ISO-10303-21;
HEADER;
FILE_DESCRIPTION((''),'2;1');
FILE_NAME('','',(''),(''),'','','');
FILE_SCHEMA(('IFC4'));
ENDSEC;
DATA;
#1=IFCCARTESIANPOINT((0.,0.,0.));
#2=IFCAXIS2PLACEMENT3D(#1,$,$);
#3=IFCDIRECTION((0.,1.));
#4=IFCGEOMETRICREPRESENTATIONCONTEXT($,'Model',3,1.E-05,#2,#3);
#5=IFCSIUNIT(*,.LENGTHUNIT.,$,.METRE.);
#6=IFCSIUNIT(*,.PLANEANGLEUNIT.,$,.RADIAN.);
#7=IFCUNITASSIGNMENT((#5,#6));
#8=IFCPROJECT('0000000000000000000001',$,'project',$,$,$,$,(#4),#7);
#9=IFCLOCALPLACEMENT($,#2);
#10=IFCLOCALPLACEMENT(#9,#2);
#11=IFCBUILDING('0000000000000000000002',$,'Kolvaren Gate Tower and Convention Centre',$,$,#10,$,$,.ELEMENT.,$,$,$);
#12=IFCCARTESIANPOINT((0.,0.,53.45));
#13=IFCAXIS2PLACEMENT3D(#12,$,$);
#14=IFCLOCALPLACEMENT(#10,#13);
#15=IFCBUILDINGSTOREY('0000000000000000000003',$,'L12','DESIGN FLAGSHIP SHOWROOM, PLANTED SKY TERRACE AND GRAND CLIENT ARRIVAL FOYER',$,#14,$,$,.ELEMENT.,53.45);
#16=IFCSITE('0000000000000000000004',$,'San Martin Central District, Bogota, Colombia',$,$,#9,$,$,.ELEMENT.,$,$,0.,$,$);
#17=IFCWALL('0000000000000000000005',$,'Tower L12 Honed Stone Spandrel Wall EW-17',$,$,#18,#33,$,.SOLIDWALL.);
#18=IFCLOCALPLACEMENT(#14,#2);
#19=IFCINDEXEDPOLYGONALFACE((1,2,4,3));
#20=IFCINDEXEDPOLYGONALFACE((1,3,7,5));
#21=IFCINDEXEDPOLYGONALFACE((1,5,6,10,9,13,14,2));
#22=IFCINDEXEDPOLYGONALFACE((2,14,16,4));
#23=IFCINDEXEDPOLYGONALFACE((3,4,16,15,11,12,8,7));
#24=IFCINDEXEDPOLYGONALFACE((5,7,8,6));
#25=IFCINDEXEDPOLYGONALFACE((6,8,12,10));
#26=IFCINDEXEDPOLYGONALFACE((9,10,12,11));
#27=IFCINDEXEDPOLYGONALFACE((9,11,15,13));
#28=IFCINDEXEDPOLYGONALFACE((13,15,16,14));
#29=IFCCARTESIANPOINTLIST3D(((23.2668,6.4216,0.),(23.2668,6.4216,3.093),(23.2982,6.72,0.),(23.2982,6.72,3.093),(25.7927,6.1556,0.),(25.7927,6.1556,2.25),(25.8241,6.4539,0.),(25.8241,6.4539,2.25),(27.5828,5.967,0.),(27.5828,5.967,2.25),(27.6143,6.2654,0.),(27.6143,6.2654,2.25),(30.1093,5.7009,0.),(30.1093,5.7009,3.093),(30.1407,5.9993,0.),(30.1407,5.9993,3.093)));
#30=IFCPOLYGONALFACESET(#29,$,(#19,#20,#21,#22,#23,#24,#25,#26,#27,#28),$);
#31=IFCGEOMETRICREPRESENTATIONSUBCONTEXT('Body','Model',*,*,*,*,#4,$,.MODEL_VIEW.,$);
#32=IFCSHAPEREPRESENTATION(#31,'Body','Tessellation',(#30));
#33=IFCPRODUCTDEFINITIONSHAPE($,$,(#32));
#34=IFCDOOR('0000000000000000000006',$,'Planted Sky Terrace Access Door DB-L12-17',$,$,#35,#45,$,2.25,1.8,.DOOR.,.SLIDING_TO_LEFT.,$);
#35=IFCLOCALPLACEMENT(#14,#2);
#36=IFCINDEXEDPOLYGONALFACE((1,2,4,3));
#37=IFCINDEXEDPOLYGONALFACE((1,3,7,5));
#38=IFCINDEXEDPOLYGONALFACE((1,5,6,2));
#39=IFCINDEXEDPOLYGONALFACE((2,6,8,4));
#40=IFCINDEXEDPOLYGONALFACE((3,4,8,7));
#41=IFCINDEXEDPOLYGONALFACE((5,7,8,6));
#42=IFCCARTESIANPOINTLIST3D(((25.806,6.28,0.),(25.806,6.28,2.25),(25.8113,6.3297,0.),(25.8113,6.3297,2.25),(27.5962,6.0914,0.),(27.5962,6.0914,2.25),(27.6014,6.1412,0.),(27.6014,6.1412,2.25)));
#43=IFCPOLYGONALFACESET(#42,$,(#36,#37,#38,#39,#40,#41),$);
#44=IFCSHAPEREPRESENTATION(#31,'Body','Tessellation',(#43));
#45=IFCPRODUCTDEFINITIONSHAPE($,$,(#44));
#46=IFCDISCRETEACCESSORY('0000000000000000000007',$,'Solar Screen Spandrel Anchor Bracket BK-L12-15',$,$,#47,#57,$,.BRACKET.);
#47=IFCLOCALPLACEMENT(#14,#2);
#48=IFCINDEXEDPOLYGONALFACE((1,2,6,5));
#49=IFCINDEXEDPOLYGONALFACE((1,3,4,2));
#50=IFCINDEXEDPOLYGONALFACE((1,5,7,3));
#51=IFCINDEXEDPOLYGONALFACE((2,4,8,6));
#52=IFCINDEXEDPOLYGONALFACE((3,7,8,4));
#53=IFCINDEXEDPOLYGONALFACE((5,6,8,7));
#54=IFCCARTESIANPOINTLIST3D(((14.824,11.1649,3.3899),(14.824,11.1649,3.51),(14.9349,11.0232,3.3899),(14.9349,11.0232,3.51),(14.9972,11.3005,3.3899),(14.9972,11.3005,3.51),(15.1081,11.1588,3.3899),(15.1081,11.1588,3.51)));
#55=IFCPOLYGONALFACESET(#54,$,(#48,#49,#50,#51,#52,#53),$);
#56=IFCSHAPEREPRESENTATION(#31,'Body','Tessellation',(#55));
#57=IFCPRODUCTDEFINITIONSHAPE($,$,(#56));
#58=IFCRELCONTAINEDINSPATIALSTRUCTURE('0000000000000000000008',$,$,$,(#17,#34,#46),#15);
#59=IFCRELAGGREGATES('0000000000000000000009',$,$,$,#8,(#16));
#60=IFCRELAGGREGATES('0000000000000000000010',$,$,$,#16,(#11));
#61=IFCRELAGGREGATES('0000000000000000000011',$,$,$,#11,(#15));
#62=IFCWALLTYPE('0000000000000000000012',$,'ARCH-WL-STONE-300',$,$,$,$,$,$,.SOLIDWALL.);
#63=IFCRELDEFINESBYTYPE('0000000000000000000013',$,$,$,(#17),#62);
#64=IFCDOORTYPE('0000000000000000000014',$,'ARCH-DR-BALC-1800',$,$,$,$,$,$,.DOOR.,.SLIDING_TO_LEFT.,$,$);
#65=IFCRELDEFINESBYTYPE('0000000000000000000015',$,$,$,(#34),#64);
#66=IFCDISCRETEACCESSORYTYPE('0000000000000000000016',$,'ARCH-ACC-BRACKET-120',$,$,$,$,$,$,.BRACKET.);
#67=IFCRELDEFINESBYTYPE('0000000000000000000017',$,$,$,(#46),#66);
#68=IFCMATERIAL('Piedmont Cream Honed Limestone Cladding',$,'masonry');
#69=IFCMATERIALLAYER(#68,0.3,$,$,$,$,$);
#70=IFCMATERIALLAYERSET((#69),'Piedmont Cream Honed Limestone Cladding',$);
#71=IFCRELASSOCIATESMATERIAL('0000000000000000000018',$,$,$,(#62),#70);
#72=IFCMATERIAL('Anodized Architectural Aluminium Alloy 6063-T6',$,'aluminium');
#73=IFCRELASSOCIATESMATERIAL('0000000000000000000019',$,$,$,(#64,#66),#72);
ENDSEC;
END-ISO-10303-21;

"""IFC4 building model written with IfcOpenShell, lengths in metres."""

from ifc_helpers import new_model, si_unit, direction, frame, frame_2d, origin, origin_2d, place, context, subcontext, project, spatial, rectangle, extrude, material, layer, layer_set, type_object, element, fill, save


model = new_model("IFC4")

# Units and contexts
model_context = context("Model", 3, precision=1e-05, world=origin(), true_north=direction((0.0, 1.0)))
body_context = subcontext(model_context, "Body", "Model", "MODEL_VIEW")
ifc_project = project(units=[si_unit("LENGTHUNIT", "METRE"), si_unit("PLANEANGLEUNIT", "RADIAN")], contexts=[model_context])

# Site, building, storey
site_placement = place(None, origin())
site = spatial("IfcSite", under=ifc_project, at=site_placement, Name="San Martin Central District, Bogota, Colombia", CompositionType="ELEMENT", RefElevation=0.0)
building_placement = place(site_placement, origin())
building = spatial("IfcBuilding", under=site, at=building_placement, Name="Kolvaren Gate Tower and Convention Centre", CompositionType="ELEMENT")
storey_placement = place(building_placement, frame((0.0, 0.0, 53.45)))
storey = spatial("IfcBuildingStorey", under=building, at=storey_placement, Name="L12", Description="DESIGN FLAGSHIP SHOWROOM, PLANTED SKY TERRACE AND GRAND CLIENT ARRIVAL FOYER", CompositionType="ELEMENT", Elevation=53.45)

# Shared definitions
ifc_material_1 = material(Name="Anodized Architectural Aluminium Alloy 6063-T6", Category="aluminium")

# Shared definitions
ifc_material_2 = material(Name="Piedmont Cream Honed Limestone Cladding", Category="masonry")

# Shared definitions
ifc_layer_1 = layer(ifc_material_2, 0.3)
ifc_layer_set_1 = layer_set([ifc_layer_1], Name="Piedmont Cream Honed Limestone Cladding")
wall_type_1 = type_object("IfcWallType", Name="ARCH-WL-STONE-300", PredefinedType="SOLIDWALL", material=ifc_layer_set_1)

# Wall, opening, door
wall_1_placement = place(storey_placement, frame((23.2825, 6.5708, 0.0), z_axis=(0.0, 0.0, 1.0), x_axis=(0.994499, -0.104748, 0.0)))
wall_1 = element("IfcWall", 1, at=wall_1_placement, inside=storey, type_object=wall_type_1, Name="Tower L12 Honed Stone Spandrel Wall EW-17", PredefinedType="SOLIDWALL", context=body_context, shape_type="SweptSolid", body=[
    extrude(rectangle(XDim=6.8804, YDim=0.3, at=frame_2d((3.4402, 0.0))), origin(), (0.0, 0.0, 1.0), 3.093),
])
opening_1_placement = place(wall_1_placement, frame((2.54, 0.0, 0.0)))
opening_1 = element("IfcOpeningElement", 2, at=opening_1_placement, cuts=wall_1, PredefinedType="OPENING", context=body_context, shape_type="SweptSolid", body=[
    extrude(rectangle(XDim=1.8, YDim=2.25, at=frame_2d((0.8999, 1.125))), frame((0.0, 0.1599, 0.0), z_axis=(0.0, -1.0, 0.0), x_axis=(1.0, 0.0, 0.0)), (0.0, 0.0, 1.0), 0.3201),
])
door_type = type_object("IfcDoorType", Name="ARCH-DR-BALC-1800", OperationType="SLIDING_TO_LEFT", PredefinedType="DOOR", material=ifc_material_1)
door_placement = place(opening_1_placement, frame((1.8, 0.0, 0.0), z_axis=(0.0, 0.0, 1.0), x_axis=(-1.0, 0.0, 0.0)))
door = element("IfcDoor", 3, at=door_placement, inside=storey, type_object=door_type, Name="Planted Sky Terrace Access Door DB-L12-17", OperationType="SLIDING_TO_LEFT", OverallHeight=2.25, OverallWidth=1.8, PredefinedType="DOOR", context=body_context, shape_type="SweptSolid", body=[
    extrude(rectangle(XDim=1.8, YDim=2.25, at=frame_2d((0.8999, 1.125))), frame((0.0, 0.0249, 0.0), z_axis=(0.0, -1.0, 0.0), x_axis=(1.0, 0.0, 0.0)), (0.0, 0.0, 1.0), 0.05),
])
fill(opening_1, door)

# Discrete accessory
discrete_accessory_type = type_object("IfcDiscreteAccessoryType", Name="ARCH-ACC-BRACKET-120", PredefinedType="BRACKET", material=ifc_material_1)
discrete_accessory_placement = place(storey_placement, frame((14.9661, 11.1619, 3.3899), z_axis=(0.0, 0.0, 1.0), x_axis=(0.616431, -0.787409, 0.0)))
element("IfcDiscreteAccessory", 4, at=discrete_accessory_placement, inside=storey, type_object=discrete_accessory_type, Name="Solar Screen Spandrel Anchor Bracket BK-L12-15", PredefinedType="BRACKET", context=body_context, shape_type="SweptSolid", body=[
    extrude(rectangle(XDim=0.1799, YDim=0.22, at=origin_2d()), origin(), (0.0, 0.0, 1.0), 0.1201),
])

save(model, "model.ifc")
